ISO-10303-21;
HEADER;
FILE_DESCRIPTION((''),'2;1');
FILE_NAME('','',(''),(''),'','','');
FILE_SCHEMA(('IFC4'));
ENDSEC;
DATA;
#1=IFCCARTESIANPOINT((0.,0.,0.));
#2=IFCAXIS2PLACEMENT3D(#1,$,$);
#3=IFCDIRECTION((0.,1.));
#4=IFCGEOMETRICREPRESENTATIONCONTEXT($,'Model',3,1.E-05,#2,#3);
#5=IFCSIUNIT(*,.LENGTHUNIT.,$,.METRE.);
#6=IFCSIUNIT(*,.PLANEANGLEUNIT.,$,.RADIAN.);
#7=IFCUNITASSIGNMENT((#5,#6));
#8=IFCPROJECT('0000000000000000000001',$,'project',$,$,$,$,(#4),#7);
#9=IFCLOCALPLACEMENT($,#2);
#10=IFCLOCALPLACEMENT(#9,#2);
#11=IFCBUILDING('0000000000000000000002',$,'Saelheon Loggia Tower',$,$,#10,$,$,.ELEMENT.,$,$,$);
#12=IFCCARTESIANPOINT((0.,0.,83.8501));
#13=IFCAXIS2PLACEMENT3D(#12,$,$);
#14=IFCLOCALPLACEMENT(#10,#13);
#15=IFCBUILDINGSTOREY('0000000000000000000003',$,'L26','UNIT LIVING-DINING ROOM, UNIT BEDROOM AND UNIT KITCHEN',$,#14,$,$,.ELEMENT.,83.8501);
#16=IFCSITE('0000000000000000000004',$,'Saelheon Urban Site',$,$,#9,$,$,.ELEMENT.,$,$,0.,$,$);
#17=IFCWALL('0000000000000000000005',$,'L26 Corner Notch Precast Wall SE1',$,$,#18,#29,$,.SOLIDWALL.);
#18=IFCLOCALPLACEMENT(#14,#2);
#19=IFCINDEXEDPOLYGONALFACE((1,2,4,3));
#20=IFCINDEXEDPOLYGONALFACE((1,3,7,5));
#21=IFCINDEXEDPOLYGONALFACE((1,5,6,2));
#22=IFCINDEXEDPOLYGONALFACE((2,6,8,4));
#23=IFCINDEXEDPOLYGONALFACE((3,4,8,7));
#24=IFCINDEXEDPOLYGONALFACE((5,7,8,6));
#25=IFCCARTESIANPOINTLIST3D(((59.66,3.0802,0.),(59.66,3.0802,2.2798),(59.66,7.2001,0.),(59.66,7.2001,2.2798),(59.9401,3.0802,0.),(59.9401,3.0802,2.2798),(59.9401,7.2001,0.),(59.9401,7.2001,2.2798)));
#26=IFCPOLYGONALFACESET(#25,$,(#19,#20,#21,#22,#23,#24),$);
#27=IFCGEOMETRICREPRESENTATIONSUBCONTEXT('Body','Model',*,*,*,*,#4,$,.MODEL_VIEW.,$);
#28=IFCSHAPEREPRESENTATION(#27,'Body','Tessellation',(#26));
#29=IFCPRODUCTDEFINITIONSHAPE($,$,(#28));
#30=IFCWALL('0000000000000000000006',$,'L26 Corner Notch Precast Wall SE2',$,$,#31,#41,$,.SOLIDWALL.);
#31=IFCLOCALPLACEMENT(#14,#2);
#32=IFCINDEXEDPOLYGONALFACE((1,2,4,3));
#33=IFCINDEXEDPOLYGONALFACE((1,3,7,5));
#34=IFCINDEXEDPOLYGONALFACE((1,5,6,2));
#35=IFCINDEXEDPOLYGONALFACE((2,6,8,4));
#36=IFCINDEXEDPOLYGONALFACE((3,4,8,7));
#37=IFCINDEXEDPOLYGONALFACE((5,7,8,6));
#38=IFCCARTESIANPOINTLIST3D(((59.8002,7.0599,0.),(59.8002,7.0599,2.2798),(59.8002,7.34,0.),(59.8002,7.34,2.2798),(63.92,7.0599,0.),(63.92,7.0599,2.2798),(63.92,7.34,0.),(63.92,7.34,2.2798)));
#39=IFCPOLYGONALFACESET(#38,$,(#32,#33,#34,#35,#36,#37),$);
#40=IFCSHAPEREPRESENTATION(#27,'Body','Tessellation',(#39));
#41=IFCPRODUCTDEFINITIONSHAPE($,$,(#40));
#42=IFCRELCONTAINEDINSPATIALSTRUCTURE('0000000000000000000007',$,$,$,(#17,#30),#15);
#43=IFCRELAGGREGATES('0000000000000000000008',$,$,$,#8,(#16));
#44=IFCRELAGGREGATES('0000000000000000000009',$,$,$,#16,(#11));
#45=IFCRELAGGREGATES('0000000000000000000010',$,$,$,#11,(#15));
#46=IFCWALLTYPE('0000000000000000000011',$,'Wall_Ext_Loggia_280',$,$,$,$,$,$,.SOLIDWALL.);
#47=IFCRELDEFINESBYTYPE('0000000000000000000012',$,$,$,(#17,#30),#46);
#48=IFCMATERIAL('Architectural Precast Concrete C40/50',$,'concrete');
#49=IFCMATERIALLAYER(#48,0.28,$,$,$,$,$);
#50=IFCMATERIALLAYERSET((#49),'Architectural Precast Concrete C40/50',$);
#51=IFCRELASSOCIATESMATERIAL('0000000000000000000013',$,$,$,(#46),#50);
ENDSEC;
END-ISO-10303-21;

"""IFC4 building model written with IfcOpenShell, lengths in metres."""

from ifc_helpers import new_model, si_unit, direction, frame, frame_2d, origin, place, context, subcontext, project, spatial, rectangle, extrude, material, layer, layer_set, type_object, element, save


model = new_model("IFC4")

# Units and contexts
model_context = context("Model", 3, precision=1e-05, world=origin(), true_north=direction((0.0, 1.0)))
body_context = subcontext(model_context, "Body", "Model", "MODEL_VIEW")
ifc_project = project(units=[si_unit("LENGTHUNIT", "METRE"), si_unit("PLANEANGLEUNIT", "RADIAN")], contexts=[model_context])

# Site, building, storey
site_placement = place(None, origin())
site = spatial("IfcSite", under=ifc_project, at=site_placement, Name="Saelheon Urban Site", CompositionType="ELEMENT", RefElevation=0.0)
building_placement = place(site_placement, origin())
building = spatial("IfcBuilding", under=site, at=building_placement, Name="Saelheon Loggia Tower", CompositionType="ELEMENT")
storey_placement = place(building_placement, frame((0.0, 0.0, 83.8501)))
storey = spatial("IfcBuildingStorey", under=building, at=storey_placement, Name="L26", Description="UNIT LIVING-DINING ROOM, UNIT BEDROOM AND UNIT KITCHEN", CompositionType="ELEMENT", Elevation=83.8501)

# Shared definitions
ifc_material_1 = material(Name="Architectural Precast Concrete C40/50", Category="concrete")
ifc_layer = layer(ifc_material_1, 0.28)
ifc_layer_set = layer_set([ifc_layer], Name="Architectural Precast Concrete C40/50")
wall_type = type_object("IfcWallType", Name="Wall_Ext_Loggia_280", PredefinedType="SOLIDWALL", material=ifc_layer_set)

# Walls
for number, where, z_axis, x_axis, name in (
    (1, (59.8, 3.0801, 0.0), (0.0, 0.0, 1.0), (0.0, 1.0, 0.0), "L26 Corner Notch Precast Wall SE1"),
    (2, (59.8, 7.2, 0.0), (0.0, 0.0, 1.0), (1.0, 0.0, 0.0), "L26 Corner Notch Precast Wall SE2"),
):
    element("IfcWall", number, at=place(storey_placement, frame(where, z_axis=z_axis, x_axis=x_axis)), inside=storey, type_object=wall_type, Name=name, PredefinedType="SOLIDWALL", context=body_context, shape_type="SweptSolid", body=[
        extrude(rectangle(XDim=4.1199, YDim=0.28, at=frame_2d((2.0601, 0.0))), origin(), (0.0, 0.0, 1.0), 2.2798),
    ])

save(model, "model.ifc")
